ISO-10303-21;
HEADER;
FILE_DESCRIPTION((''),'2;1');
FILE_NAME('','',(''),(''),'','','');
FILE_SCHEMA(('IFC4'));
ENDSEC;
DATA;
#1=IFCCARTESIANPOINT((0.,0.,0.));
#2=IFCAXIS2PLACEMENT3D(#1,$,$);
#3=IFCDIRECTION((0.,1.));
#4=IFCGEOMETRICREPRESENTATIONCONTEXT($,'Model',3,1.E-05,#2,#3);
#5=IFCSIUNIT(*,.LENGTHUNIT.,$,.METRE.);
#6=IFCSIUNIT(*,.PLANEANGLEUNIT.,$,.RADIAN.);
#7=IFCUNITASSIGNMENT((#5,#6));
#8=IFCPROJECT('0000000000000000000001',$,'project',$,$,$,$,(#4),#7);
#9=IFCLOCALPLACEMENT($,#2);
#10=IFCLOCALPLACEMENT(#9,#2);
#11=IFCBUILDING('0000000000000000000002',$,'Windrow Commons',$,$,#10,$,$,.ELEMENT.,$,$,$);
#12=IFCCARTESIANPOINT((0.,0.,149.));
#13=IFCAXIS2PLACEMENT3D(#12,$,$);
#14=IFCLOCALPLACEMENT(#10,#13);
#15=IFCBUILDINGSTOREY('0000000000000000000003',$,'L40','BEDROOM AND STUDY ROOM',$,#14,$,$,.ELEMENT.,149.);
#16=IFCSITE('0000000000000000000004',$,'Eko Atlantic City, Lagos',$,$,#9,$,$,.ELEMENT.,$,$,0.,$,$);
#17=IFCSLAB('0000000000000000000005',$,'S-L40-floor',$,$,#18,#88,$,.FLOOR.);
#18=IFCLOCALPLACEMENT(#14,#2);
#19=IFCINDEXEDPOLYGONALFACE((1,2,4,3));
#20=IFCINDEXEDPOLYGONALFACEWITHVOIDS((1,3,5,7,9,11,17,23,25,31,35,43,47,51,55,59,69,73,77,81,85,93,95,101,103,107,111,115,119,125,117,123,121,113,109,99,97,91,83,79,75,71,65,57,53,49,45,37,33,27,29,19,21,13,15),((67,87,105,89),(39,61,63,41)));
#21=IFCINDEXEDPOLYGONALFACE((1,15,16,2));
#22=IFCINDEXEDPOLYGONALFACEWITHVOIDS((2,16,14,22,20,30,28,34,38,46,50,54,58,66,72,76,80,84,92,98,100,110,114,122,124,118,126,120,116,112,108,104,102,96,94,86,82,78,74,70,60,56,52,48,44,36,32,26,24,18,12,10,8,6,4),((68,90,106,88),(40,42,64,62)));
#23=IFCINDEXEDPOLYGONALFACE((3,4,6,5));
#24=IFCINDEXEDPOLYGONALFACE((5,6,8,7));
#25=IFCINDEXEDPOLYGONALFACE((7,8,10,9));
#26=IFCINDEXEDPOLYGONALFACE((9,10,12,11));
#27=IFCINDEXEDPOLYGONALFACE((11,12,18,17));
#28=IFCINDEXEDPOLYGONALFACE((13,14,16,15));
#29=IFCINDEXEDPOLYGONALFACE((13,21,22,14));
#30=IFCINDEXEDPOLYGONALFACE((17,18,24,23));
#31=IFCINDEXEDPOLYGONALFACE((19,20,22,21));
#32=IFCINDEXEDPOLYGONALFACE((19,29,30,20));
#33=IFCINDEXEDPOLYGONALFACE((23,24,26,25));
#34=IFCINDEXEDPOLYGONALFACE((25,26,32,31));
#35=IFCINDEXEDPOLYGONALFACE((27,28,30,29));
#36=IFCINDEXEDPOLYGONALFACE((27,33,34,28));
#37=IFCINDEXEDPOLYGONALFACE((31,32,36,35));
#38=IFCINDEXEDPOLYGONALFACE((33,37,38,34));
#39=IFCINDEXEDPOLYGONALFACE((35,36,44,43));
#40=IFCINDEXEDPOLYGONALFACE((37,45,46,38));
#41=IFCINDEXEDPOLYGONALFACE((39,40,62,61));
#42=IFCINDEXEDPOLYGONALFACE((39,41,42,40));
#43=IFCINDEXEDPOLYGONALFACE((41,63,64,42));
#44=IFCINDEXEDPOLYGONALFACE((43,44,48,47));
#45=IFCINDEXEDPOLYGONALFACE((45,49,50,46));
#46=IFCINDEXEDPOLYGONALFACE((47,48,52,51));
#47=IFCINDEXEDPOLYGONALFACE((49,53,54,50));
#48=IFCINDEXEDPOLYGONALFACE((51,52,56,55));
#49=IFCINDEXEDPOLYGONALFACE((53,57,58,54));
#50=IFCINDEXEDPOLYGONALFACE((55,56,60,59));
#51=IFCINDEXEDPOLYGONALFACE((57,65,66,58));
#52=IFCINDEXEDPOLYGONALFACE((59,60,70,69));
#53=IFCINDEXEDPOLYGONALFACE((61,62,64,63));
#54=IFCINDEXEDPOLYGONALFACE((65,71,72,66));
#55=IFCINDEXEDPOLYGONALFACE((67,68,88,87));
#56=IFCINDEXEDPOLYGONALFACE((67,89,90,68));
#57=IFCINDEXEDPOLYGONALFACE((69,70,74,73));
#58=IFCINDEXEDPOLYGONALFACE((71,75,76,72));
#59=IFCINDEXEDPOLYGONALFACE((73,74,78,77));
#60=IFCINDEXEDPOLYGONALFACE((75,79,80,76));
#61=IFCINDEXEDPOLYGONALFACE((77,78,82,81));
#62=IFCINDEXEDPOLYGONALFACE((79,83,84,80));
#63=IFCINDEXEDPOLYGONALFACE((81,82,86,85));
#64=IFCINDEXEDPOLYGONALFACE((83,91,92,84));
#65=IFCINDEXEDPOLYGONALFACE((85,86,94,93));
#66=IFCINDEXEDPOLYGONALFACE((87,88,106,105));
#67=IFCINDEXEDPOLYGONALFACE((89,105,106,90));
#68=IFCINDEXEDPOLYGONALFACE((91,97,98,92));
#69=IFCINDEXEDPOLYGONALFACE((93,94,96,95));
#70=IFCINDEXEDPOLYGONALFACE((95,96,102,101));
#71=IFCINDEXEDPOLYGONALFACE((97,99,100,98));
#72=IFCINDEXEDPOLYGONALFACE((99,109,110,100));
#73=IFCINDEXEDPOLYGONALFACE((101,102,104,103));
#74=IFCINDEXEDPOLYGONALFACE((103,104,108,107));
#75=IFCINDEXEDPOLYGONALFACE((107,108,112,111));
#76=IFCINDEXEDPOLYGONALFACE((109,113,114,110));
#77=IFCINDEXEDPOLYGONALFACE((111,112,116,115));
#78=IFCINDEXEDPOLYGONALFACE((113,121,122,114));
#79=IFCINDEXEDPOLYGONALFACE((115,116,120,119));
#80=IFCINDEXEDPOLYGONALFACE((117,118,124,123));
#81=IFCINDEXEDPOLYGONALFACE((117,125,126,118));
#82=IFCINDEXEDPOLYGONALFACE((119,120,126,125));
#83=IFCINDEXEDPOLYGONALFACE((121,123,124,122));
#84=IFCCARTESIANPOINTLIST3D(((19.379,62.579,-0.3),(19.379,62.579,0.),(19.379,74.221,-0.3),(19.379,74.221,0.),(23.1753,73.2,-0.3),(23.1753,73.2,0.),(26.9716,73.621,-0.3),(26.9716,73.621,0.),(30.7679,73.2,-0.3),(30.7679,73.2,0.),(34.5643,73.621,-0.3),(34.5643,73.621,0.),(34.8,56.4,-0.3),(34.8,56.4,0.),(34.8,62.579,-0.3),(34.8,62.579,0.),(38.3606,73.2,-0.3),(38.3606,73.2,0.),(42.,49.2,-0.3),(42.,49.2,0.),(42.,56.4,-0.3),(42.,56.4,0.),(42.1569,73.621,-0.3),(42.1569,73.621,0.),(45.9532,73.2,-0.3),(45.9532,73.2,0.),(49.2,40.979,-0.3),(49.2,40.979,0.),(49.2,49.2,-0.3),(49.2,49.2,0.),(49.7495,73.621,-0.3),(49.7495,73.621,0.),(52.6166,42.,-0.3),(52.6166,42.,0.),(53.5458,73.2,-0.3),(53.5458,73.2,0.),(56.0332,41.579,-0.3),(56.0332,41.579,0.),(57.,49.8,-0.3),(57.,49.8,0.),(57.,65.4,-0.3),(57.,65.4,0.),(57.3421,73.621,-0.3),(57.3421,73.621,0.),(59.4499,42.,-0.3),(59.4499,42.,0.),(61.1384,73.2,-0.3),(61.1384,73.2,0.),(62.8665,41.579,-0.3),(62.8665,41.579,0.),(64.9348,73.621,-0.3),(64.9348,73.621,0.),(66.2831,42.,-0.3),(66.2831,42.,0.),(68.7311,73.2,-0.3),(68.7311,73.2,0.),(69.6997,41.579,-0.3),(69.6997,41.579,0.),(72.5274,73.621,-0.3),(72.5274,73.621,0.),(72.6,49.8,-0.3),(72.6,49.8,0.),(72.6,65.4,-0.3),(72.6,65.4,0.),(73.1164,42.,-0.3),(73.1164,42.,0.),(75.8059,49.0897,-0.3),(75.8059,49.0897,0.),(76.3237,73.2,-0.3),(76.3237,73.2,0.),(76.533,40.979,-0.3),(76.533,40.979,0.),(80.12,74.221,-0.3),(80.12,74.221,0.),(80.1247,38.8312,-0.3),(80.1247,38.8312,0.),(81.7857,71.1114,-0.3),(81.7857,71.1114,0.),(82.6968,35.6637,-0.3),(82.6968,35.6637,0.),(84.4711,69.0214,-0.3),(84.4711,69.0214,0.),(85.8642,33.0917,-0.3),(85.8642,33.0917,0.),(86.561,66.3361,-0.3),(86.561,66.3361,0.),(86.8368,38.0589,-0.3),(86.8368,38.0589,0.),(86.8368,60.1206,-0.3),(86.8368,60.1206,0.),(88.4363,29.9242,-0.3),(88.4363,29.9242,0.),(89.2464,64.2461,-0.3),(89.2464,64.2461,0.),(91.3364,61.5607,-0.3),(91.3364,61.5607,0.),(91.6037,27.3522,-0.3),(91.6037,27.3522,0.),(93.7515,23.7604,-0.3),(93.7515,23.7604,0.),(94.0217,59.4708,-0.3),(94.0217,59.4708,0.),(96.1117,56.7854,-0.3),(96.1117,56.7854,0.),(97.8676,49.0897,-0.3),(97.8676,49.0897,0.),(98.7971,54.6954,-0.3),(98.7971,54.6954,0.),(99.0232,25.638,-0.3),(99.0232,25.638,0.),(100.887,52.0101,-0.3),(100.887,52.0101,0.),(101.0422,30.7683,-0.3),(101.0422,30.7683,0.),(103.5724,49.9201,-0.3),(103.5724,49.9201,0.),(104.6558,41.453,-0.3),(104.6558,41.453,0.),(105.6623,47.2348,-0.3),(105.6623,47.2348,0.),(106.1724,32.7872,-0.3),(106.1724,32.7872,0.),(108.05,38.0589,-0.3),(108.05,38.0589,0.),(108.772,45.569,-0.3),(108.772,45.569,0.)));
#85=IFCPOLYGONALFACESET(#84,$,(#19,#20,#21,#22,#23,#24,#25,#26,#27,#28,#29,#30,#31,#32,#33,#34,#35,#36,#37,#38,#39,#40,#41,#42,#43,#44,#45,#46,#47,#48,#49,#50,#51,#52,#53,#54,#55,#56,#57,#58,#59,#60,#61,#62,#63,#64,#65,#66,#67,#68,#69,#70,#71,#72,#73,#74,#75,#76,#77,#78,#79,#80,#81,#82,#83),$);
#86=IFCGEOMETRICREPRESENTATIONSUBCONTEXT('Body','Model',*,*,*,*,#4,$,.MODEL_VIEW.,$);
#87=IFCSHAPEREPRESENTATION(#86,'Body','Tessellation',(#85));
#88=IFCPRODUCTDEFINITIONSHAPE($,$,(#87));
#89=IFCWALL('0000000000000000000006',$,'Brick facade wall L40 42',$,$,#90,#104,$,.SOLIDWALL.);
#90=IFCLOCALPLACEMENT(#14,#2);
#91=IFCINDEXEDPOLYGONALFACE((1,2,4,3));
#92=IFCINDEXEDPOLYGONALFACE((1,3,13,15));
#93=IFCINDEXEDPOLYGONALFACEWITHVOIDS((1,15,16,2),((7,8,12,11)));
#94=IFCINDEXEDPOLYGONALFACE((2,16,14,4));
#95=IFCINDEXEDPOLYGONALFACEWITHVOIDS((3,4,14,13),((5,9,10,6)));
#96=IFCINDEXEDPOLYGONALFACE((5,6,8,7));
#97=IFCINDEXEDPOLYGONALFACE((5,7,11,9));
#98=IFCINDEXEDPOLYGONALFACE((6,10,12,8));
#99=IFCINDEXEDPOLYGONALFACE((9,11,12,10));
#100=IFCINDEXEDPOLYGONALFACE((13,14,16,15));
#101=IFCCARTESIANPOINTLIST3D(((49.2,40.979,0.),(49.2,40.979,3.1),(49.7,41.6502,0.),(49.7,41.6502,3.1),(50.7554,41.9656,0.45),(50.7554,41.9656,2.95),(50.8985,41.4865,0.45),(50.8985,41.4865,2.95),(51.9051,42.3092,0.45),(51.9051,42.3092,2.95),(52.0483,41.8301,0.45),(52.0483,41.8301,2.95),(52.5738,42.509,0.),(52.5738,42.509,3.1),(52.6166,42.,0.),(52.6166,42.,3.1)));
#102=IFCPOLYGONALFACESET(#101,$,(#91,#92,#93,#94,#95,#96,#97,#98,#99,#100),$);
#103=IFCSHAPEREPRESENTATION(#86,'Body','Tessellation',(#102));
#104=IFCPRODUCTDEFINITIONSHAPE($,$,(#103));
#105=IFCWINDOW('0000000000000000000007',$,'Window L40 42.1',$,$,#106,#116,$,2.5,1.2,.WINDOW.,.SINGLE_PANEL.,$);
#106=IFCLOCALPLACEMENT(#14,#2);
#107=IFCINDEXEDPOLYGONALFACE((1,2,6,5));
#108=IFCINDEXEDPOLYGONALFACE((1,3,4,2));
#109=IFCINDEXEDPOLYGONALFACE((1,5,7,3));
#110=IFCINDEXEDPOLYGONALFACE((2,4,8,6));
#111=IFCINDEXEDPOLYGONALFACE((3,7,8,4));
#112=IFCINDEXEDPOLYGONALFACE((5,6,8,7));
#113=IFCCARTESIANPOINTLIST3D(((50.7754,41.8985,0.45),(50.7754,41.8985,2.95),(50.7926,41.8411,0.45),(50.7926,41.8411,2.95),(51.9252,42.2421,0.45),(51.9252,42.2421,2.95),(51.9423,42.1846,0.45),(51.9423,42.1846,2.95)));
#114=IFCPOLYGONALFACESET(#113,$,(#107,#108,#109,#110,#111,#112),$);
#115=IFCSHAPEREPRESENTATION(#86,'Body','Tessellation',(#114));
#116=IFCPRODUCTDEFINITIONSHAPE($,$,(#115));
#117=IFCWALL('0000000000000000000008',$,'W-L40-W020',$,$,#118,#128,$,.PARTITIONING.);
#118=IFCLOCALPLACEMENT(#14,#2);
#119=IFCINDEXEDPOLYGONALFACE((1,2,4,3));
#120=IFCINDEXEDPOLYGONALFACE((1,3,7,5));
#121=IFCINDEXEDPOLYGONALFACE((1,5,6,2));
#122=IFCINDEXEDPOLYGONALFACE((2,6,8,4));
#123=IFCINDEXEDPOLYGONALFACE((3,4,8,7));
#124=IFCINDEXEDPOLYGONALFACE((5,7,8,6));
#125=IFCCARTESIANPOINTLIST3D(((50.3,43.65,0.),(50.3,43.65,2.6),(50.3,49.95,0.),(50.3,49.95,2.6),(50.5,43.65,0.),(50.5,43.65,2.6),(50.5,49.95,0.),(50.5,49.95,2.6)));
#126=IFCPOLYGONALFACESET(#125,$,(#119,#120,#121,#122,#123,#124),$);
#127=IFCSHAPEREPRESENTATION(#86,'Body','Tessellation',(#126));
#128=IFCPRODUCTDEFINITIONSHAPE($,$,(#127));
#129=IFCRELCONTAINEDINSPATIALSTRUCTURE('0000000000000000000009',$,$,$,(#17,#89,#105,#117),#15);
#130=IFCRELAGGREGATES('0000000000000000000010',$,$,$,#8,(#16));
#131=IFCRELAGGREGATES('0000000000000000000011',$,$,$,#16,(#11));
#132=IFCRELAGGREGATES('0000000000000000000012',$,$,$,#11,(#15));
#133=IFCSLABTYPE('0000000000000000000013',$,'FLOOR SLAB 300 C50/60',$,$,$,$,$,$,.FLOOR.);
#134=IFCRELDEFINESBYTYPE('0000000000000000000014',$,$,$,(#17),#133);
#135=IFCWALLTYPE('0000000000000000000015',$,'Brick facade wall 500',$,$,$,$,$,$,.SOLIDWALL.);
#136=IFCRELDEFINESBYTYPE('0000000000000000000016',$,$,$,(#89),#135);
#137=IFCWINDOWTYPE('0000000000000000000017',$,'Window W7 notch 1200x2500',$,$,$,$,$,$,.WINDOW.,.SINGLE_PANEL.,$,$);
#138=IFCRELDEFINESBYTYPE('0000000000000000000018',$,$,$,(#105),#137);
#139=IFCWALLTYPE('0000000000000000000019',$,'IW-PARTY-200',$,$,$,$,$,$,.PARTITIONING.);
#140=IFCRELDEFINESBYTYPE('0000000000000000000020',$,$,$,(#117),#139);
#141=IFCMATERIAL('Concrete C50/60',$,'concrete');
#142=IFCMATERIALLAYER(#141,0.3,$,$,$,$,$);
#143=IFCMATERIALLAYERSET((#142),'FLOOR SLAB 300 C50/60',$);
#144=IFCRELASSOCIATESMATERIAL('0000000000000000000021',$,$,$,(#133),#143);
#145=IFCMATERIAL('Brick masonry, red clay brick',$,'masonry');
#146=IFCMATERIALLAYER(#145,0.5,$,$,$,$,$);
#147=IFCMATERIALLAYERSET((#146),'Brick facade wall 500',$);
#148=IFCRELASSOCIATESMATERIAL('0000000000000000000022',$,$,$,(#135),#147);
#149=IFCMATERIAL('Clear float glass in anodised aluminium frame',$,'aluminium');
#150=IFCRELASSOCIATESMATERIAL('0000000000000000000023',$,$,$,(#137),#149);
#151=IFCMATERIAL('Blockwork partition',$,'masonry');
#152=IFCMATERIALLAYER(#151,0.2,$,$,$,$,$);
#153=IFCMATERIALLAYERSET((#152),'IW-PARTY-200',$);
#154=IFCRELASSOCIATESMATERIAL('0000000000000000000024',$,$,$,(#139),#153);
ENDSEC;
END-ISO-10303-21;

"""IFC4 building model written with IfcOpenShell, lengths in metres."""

from ifc_helpers import new_model, si_unit, direction, frame, frame_2d, origin, place, context, subcontext, project, spatial, polyline, rectangle, outline, extrude, material, layer, layer_set, type_object, element, fill, save


model = new_model("IFC4")

# Units and contexts
model_context = context("Model", 3, precision=1e-05, world=origin(), true_north=direction((0.0, 1.0)))
body_context = subcontext(model_context, "Body", "Model", "MODEL_VIEW")
ifc_project = project(units=[si_unit("LENGTHUNIT", "METRE"), si_unit("PLANEANGLEUNIT", "RADIAN")], contexts=[model_context])

# Site, building, storey
site_placement = place(None, origin())
site = spatial("IfcSite", under=ifc_project, at=site_placement, Name="Eko Atlantic City, Lagos", CompositionType="ELEMENT", RefElevation=0.0)
building_placement = place(site_placement, origin())
building = spatial("IfcBuilding", under=site, at=building_placement, Name="Windrow Commons", CompositionType="ELEMENT")
storey_placement = place(building_placement, frame((0.0, 0.0, 149.0)))
storey = spatial("IfcBuildingStorey", under=building, at=storey_placement, Name="L40", Description="BEDROOM AND STUDY ROOM", CompositionType="ELEMENT", Elevation=149.0)

# Shared definitions
placement_1 = place(storey_placement, frame((0.0, 0.0, -0.3)))

# Slab, openings
ifc_material_1 = material(Name="Concrete C50/60", Category="concrete")
ifc_layer_1 = layer(ifc_material_1, 0.3)
ifc_layer_set_1 = layer_set([ifc_layer_1], Name="FLOOR SLAB 300 C50/60")
slab_type_1 = type_object("IfcSlabType", Name="FLOOR SLAB 300 C50/60", PredefinedType="FLOOR", material=ifc_layer_set_1)
slab_1 = element("IfcSlab", 1, at=placement_1, inside=storey, type_object=slab_type_1, Name="S-L40-floor", PredefinedType="FLOOR", context=body_context, shape_type="SweptSolid", body=[
    extrude(outline(polyline([(91.6037, 27.3522), (93.7515, 23.7604), (99.0232, 25.638), (101.0422, 30.7683), (106.1724, 32.7872), (108.05, 38.0589), (104.6558, 41.453), (108.772, 45.569), (105.6623, 47.2348), (103.5724, 49.9201), (100.887, 52.0101), (98.7971, 54.6954), (96.1117, 56.7854), (94.0217, 59.4708), (91.3364, 61.5607), (89.2464, 64.2461), (86.561, 66.3361), (84.4711, 69.0214), (81.7857, 71.1114), (80.12, 74.221), (76.3237, 73.2), (72.5274, 73.621), (68.7311, 73.2), (64.9348, 73.621), (61.1384, 73.2), (57.3421, 73.621), (53.5458, 73.2), (49.7495, 73.621), (45.9532, 73.2), (42.1569, 73.621), (38.3606, 73.2), (34.5643, 73.621), (30.7679, 73.2), (26.9716, 73.621), (23.1753, 73.2), (19.379, 74.221), (19.379, 62.579), (34.8, 62.579), (34.8, 56.4), (42.0, 56.4), (42.0, 49.2), (49.2, 49.2), (49.2, 40.979), (52.6166, 42.0), (56.0332, 41.579), (59.4499, 42.0), (62.8665, 41.579), (66.2831, 42.0), (69.6997, 41.579), (73.1164, 42.0), (76.533, 40.979), (80.1247, 38.8312), (82.6968, 35.6637), (85.8642, 33.0917), (88.4363, 29.9242), (91.6037, 27.3522)]), holes=[polyline([(75.8059, 49.0897), (86.8368, 60.1206), (97.8676, 49.0897), (86.8368, 38.0589), (75.8059, 49.0897)]), polyline([(57.0, 49.8), (57.0, 65.4), (72.6, 65.4), (72.6, 49.8), (57.0, 49.8)])]), origin(), (0.0, 0.0, 1.0), 0.3),
])
opening_1_placement = place(placement_1, origin())
element("IfcOpeningElement", 2, at=opening_1_placement, cuts=slab_1, PredefinedType="OPENING", context=body_context, shape_type="SweptSolid", body=[
    extrude(outline(polyline([(75.813, 49.0897), (86.8368, 60.1135), (97.8605, 49.0897), (86.8368, 38.066), (75.813, 49.0897)])), origin(), (0.0, 0.0, 1.0), 0.3),
])
opening_2_placement = place(placement_1, origin())
element("IfcOpeningElement", 3, at=opening_2_placement, cuts=slab_1, PredefinedType="OPENING", context=body_context, shape_type="SweptSolid", body=[
    extrude(outline(polyline([(57.005, 49.805), (57.005, 65.395), (72.595, 65.395), (72.595, 49.805), (57.005, 49.805)])), origin(), (0.0, 0.0, 1.0), 0.3),
])

# Wall, opening, window
ifc_material_2 = material(Name="Brick masonry, red clay brick", Category="masonry")
ifc_layer_2 = layer(ifc_material_2, 0.5)
ifc_layer_set_2 = layer_set([ifc_layer_2], Name="Brick facade wall 500")
wall_type_1 = type_object("IfcWallType", Name="Brick facade wall 500", PredefinedType="SOLIDWALL", material=ifc_layer_set_2)
wall_1_placement = place(storey_placement, frame((49.45, 41.3146, 0.0), z_axis=(0.0, 0.0, 1.0), x_axis=(0.958133, 0.286325, 0.0)))
wall_1 = element("IfcWall", 4, at=wall_1_placement, inside=storey, type_object=wall_type_1, Name="Brick facade wall L40 42", PredefinedType="SOLIDWALL", context=body_context, shape_type="SweptSolid", body=[
    extrude(outline(polyline([(-0.3356, -0.25), (3.2303, -0.25), (3.335, 0.25), (0.3356, 0.25), (-0.3356, -0.25)])), origin(), (0.0, 0.0, 1.0), 3.1),
])
opening_3_placement = place(wall_1_placement, frame((1.4371, 0.0, 0.45)))
opening_3 = element("IfcOpeningElement", 5, at=opening_3_placement, cuts=wall_1, PredefinedType="OPENING", context=body_context, shape_type="SweptSolid", body=[
    extrude(rectangle(XDim=1.2, YDim=2.5, at=frame_2d((0.6, 1.25))), frame((0.0, 0.26, 0.0), z_axis=(0.0, -1.0, 0.0), x_axis=(1.0, 0.0, 0.0)), (0.0, 0.0, 1.0), 0.52),
])
ifc_material_3 = material(Name="Clear float glass in anodised aluminium frame", Category="aluminium")
window_type = type_object("IfcWindowType", Name="Window W7 notch 1200x2500", PartitioningType="SINGLE_PANEL", PredefinedType="WINDOW", material=ifc_material_3)
window_placement = place(opening_3_placement, origin())
window = element("IfcWindow", 6, at=window_placement, inside=storey, type_object=window_type, Name="Window L40 42.1", OverallHeight=2.5, OverallWidth=1.2, PartitioningType="SINGLE_PANEL", PredefinedType="WINDOW", context=body_context, shape_type="SweptSolid", body=[
    extrude(rectangle(XDim=1.2, YDim=2.5, at=frame_2d((0.6, 1.25))), frame((0.0, 0.18, 0.0), z_axis=(0.0, -1.0, 0.0), x_axis=(1.0, 0.0, 0.0)), (0.0, 0.0, 1.0), 0.06),
])
fill(opening_3, window)

# Wall
ifc_material_4 = material(Name="Blockwork partition", Category="masonry")
ifc_layer_3 = layer(ifc_material_4, 0.2)
ifc_layer_set_3 = layer_set([ifc_layer_3], Name="IW-PARTY-200")
wall_type_2 = type_object("IfcWallType", Name="IW-PARTY-200", PredefinedType="PARTITIONING", material=ifc_layer_set_3)
wall_2_placement = place(storey_placement, frame((50.4, 43.65, 0.0), z_axis=(0.0, 0.0, 1.0), x_axis=(0.0, 1.0, 0.0)))
element("IfcWall", 7, at=wall_2_placement, inside=storey, type_object=wall_type_2, Name="W-L40-W020", PredefinedType="PARTITIONING", context=body_context, shape_type="SweptSolid", body=[
    extrude(rectangle(XDim=6.3, YDim=0.2, at=frame_2d((3.15, 0.0))), origin(), (0.0, 0.0, 1.0), 2.6),
])

save(model, "model.ifc")
